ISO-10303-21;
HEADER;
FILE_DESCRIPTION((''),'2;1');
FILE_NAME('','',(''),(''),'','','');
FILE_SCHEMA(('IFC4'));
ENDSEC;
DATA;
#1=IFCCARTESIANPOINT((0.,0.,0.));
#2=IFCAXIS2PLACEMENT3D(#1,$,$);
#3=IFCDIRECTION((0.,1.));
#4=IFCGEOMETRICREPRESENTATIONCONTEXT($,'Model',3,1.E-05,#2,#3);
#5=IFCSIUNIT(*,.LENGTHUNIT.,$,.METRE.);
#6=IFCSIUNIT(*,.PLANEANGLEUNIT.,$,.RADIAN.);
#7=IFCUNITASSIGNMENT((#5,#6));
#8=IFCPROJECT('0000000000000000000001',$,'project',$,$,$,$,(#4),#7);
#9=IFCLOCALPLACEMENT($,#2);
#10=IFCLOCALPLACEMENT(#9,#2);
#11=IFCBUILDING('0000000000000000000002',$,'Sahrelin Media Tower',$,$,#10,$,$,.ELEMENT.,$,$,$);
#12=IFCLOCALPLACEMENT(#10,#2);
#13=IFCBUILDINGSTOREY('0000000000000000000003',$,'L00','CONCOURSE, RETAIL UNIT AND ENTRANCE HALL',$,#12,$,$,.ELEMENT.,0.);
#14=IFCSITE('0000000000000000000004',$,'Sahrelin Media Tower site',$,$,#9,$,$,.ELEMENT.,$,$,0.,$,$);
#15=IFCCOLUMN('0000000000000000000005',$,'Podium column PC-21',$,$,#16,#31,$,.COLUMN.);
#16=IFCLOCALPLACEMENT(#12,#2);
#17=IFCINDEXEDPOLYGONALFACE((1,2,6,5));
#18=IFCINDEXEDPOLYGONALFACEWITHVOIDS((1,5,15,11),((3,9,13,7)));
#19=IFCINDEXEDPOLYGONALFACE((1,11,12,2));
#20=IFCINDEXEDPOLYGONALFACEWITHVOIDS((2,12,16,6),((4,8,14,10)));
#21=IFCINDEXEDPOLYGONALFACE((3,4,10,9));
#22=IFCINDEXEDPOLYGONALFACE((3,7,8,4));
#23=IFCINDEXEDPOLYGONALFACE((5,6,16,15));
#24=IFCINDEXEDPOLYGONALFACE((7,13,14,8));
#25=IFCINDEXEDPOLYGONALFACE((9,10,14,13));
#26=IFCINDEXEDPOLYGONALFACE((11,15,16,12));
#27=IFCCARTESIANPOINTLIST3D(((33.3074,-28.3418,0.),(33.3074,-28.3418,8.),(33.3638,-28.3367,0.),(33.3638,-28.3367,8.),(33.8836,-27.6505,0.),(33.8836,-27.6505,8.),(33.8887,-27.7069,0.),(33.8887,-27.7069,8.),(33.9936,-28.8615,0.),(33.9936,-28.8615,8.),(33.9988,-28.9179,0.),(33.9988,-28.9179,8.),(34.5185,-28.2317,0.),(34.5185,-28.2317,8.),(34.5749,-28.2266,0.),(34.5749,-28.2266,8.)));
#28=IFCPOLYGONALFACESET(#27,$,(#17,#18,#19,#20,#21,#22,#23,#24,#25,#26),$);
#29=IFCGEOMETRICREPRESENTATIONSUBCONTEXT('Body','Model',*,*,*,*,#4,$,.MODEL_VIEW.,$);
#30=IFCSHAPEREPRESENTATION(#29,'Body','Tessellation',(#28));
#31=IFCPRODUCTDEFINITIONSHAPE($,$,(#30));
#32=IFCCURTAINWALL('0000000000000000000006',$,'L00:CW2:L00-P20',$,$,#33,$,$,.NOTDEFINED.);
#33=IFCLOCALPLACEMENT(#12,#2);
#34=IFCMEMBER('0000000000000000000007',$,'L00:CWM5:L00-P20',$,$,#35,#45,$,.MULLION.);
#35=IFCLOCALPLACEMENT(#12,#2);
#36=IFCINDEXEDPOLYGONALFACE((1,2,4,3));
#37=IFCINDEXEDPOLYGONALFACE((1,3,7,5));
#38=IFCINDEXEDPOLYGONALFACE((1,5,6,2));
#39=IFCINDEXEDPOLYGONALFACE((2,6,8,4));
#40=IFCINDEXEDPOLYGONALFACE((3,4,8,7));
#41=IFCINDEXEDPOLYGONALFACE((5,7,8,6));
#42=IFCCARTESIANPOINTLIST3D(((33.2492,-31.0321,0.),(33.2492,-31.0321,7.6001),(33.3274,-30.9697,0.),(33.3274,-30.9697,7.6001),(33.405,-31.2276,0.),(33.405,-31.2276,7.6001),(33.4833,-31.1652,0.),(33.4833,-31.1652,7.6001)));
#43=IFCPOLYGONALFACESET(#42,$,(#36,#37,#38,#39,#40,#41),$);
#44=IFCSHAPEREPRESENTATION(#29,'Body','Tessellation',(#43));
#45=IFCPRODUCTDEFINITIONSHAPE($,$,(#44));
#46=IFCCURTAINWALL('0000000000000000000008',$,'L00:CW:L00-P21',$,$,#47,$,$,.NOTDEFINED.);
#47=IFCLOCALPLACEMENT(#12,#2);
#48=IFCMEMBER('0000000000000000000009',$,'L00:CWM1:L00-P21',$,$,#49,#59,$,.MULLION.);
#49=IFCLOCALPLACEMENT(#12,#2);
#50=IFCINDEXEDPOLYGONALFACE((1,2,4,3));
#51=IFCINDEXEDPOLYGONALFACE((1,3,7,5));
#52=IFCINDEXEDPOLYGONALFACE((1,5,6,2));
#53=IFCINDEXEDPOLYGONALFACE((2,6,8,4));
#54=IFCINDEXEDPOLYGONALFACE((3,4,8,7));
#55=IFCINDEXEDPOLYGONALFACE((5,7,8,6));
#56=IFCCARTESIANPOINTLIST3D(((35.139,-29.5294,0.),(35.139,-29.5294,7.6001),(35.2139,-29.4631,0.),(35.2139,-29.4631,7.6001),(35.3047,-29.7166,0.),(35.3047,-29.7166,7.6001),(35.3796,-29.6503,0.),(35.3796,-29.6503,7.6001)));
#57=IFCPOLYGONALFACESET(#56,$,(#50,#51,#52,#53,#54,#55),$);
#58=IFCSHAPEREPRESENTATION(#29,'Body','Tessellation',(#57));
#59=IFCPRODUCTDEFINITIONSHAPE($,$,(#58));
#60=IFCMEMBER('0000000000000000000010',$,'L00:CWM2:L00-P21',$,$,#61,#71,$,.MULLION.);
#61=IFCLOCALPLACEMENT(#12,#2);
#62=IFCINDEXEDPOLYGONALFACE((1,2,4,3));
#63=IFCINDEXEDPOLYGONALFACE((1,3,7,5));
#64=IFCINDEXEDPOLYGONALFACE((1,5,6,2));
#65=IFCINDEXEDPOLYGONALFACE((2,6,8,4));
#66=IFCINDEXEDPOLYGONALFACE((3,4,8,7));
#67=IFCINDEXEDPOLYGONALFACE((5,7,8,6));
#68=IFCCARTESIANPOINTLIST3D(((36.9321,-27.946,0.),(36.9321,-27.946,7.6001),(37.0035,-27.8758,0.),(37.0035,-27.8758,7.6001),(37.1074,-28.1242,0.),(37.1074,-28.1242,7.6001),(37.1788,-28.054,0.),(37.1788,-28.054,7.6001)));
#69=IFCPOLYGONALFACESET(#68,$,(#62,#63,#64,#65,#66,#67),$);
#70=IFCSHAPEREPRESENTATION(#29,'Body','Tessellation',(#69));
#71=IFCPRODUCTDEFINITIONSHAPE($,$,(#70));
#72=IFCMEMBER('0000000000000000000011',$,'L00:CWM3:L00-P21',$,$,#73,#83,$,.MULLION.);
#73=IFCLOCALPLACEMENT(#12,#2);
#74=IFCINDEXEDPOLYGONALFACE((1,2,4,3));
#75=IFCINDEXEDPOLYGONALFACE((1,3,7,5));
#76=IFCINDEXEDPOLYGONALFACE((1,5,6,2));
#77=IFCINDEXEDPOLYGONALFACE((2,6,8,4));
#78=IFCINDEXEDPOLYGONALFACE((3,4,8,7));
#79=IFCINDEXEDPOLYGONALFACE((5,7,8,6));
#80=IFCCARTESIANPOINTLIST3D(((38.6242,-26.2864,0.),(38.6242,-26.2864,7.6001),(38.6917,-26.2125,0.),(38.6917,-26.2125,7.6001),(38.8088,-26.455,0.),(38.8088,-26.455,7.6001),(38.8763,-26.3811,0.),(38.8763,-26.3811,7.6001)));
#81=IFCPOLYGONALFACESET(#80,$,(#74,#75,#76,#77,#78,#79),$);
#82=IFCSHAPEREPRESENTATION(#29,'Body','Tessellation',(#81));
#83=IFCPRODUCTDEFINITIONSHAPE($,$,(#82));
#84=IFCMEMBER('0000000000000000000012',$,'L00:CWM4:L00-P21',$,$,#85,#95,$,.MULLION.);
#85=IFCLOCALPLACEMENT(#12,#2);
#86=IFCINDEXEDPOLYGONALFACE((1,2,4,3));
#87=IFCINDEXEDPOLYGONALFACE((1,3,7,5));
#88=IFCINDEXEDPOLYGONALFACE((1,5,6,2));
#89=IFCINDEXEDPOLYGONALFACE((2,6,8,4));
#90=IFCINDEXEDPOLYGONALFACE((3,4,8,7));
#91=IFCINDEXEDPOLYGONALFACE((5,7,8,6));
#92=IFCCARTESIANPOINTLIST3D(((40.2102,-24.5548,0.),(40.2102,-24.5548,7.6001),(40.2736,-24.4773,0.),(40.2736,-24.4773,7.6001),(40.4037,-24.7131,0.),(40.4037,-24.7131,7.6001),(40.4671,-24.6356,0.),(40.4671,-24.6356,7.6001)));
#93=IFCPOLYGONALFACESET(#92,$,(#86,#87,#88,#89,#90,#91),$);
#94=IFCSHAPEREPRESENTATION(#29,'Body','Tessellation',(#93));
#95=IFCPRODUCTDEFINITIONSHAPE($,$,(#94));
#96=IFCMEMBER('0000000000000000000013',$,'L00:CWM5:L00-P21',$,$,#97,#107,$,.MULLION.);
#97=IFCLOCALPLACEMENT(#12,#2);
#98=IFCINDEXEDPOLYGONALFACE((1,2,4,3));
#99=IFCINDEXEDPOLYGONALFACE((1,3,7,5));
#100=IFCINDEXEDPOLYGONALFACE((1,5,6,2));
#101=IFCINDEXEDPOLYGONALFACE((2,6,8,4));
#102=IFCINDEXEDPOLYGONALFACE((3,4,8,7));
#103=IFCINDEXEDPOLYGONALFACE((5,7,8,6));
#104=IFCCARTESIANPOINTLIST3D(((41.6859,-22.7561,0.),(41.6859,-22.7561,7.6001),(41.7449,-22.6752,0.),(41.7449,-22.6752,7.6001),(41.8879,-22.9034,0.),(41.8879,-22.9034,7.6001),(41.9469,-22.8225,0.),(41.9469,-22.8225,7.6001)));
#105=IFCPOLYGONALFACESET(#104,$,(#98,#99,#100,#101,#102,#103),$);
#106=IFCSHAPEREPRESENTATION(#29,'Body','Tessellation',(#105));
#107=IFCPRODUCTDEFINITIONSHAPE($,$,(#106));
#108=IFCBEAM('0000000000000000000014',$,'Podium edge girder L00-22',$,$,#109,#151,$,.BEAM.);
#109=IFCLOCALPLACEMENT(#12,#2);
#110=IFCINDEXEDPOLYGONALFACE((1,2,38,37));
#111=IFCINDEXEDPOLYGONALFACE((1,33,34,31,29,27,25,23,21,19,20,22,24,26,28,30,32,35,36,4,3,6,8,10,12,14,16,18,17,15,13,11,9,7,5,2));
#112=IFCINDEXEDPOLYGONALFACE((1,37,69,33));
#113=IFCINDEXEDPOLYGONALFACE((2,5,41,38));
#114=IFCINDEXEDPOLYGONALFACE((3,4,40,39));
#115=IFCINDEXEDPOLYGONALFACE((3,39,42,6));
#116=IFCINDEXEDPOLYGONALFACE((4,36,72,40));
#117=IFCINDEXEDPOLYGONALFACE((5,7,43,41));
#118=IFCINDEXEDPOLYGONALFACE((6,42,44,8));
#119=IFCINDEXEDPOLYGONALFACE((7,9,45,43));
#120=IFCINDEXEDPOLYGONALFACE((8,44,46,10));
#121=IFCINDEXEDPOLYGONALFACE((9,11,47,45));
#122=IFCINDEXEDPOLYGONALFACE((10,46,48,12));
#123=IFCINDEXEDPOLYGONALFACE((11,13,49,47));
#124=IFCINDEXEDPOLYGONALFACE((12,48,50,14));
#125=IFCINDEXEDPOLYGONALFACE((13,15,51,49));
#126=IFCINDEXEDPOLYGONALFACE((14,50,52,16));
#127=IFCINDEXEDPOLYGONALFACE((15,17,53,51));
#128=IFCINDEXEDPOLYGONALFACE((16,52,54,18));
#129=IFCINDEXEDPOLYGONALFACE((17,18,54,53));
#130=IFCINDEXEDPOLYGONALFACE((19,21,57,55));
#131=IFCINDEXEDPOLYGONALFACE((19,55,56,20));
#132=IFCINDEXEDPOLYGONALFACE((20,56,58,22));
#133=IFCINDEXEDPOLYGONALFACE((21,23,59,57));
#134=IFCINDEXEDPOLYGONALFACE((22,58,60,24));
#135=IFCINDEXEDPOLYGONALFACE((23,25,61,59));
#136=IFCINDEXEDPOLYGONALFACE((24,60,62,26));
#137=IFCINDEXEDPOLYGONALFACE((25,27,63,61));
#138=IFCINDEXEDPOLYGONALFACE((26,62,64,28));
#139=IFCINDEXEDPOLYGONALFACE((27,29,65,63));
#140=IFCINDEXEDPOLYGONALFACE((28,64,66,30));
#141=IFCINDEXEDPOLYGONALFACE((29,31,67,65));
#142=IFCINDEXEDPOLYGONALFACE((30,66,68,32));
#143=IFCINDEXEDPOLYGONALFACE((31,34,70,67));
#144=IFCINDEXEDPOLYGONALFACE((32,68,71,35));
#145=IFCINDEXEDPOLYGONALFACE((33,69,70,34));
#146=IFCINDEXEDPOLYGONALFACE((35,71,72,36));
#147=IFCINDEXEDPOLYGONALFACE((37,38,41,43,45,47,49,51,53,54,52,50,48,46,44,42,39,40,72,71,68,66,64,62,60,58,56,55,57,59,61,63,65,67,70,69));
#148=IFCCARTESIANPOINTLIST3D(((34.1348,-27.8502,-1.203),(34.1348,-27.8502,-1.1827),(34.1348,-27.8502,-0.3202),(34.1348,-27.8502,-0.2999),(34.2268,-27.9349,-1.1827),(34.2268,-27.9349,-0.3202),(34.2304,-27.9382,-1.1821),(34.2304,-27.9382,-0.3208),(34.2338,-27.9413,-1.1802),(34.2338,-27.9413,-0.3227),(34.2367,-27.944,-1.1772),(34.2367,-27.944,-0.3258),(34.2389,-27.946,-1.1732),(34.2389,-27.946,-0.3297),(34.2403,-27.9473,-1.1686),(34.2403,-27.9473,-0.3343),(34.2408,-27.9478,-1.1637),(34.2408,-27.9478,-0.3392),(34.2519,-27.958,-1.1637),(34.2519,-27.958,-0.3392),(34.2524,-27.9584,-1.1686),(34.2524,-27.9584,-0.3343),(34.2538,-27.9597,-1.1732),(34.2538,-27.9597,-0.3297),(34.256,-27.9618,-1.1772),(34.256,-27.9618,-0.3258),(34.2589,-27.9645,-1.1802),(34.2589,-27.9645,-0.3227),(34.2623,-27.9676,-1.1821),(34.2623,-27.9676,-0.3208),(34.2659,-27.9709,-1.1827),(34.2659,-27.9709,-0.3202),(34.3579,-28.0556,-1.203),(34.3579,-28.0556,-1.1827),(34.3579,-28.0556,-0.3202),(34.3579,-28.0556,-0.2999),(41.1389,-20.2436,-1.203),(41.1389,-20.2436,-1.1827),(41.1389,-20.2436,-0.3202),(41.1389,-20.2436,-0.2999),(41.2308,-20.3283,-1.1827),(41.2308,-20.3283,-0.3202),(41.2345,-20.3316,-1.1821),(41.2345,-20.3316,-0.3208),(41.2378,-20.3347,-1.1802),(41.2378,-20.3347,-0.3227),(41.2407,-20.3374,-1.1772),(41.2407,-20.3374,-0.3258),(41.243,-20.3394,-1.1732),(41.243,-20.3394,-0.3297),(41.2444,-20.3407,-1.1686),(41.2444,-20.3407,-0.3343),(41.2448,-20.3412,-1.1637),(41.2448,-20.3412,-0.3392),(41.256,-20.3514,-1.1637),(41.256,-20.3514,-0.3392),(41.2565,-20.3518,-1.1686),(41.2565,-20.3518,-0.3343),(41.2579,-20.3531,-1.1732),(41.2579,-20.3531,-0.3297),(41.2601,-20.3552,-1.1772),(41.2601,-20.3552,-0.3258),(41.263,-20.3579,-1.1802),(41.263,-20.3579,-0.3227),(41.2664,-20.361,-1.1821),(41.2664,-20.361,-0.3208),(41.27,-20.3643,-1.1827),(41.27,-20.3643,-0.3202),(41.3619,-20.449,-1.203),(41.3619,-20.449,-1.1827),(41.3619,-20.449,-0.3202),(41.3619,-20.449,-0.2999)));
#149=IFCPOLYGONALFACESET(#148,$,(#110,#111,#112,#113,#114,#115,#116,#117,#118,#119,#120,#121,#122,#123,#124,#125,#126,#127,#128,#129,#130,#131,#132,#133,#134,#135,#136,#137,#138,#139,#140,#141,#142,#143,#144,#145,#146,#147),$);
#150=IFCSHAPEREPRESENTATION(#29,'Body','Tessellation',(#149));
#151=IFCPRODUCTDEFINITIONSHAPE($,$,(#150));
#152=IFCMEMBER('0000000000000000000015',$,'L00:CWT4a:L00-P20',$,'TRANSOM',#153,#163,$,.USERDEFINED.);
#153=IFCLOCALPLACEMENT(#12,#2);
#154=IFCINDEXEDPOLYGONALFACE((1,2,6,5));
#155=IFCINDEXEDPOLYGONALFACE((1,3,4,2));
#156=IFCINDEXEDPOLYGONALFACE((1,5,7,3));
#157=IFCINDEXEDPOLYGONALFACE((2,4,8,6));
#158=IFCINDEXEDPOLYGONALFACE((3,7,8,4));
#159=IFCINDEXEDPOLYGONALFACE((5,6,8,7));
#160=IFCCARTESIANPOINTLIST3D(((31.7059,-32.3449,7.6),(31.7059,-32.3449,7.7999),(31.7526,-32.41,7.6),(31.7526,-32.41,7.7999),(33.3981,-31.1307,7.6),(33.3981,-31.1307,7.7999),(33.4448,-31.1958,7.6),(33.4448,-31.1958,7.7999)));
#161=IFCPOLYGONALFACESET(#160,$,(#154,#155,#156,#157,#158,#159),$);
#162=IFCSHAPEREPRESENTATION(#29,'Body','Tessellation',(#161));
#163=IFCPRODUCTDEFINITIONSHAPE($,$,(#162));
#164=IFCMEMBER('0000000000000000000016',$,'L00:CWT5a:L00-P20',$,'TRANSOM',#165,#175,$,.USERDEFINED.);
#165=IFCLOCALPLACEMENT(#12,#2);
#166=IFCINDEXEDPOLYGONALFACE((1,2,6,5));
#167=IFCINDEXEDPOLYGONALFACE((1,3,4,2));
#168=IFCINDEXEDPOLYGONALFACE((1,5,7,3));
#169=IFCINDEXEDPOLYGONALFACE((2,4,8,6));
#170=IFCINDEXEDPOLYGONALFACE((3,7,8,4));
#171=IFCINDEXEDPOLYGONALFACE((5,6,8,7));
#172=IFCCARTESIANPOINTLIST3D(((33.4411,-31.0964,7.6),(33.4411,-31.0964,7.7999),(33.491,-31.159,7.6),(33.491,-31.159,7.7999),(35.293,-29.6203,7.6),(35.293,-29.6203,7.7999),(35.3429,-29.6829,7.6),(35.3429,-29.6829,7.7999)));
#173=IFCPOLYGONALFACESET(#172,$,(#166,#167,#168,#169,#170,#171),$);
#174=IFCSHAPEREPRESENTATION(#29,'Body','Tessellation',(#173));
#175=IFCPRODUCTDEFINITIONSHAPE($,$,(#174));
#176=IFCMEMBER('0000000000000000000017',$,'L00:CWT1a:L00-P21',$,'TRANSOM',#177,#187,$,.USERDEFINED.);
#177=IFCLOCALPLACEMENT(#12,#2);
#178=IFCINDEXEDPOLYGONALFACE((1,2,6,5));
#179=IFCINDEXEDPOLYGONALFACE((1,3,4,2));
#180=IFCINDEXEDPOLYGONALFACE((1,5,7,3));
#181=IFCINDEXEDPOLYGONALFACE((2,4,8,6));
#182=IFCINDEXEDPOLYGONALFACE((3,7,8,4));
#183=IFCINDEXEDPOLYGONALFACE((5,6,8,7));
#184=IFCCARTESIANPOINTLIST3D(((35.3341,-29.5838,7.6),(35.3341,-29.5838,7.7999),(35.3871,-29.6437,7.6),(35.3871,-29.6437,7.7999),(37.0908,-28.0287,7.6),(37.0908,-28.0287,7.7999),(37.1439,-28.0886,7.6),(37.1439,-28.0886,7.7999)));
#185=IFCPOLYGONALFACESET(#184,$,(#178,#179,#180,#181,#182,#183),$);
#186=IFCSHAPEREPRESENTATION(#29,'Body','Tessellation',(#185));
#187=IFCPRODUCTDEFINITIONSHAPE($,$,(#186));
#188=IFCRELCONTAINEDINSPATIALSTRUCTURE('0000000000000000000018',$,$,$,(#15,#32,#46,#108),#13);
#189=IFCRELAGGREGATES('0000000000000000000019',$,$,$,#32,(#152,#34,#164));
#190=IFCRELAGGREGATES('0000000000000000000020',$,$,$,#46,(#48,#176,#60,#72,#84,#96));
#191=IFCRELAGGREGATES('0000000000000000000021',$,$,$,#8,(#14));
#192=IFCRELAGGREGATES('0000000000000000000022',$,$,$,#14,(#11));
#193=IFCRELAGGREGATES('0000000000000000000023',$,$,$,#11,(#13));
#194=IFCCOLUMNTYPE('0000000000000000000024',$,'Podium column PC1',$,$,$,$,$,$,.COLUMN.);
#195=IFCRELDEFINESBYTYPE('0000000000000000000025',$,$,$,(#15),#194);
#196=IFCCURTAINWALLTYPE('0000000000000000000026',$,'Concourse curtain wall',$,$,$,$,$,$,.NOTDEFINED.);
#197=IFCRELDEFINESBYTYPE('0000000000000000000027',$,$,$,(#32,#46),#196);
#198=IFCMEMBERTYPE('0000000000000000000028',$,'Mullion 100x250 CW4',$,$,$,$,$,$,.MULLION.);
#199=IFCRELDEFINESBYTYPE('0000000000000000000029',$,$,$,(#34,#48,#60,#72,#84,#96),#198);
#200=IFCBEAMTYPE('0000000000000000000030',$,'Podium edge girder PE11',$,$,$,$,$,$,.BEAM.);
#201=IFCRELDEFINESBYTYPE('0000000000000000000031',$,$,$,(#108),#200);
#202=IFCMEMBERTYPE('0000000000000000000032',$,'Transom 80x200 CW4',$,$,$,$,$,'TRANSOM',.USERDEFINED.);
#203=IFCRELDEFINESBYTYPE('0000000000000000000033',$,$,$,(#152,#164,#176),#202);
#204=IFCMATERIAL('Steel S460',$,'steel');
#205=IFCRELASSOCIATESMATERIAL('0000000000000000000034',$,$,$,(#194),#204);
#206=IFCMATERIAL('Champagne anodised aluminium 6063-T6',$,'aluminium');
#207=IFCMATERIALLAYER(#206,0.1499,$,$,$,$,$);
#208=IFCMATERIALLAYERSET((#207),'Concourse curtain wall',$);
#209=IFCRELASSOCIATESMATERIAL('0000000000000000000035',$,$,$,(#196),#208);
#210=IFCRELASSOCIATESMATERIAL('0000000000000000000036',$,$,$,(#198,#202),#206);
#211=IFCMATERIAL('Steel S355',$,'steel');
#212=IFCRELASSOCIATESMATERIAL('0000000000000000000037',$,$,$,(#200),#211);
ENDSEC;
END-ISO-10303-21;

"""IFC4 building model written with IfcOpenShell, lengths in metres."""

from ifc_helpers import new_model, si_unit, direction, frame, origin, origin_2d, place, context, subcontext, project, spatial, rectangle, hollow_rectangle, i_section, extrude, material, layer, layer_set, material_profile, profile_set, type_object, element, aggregate, save


model = new_model("IFC4")

# Units and contexts
model_context = context("Model", 3, precision=1e-05, world=origin(), true_north=direction((0.0, 1.0)))
body_context = subcontext(model_context, "Body", "Model", "MODEL_VIEW")
ifc_project = project(units=[si_unit("LENGTHUNIT", "METRE"), si_unit("PLANEANGLEUNIT", "RADIAN")], contexts=[model_context])

# Site, building, storey
site_placement = place(None, origin())
site = spatial("IfcSite", under=ifc_project, at=site_placement, Name="Sahrelin Media Tower site", CompositionType="ELEMENT", RefElevation=0.0)
building_placement = place(site_placement, origin())
building = spatial("IfcBuilding", under=site, at=building_placement, Name="Sahrelin Media Tower", CompositionType="ELEMENT")
storey_placement = place(building_placement, origin())
storey = spatial("IfcBuildingStorey", under=building, at=storey_placement, Name="L00", Description="CONCOURSE, RETAIL UNIT AND ENTRANCE HALL", CompositionType="ELEMENT", Elevation=0.0)

# Column
ifc_material_1 = material(Name="Steel S460", Category="steel")
ifc_material_profile_1 = material_profile(ifc_material_1, hollow_rectangle(XDim=0.8999, YDim=0.8999, WallThickness=0.04, at=origin_2d()), Name="Podium column PC1")
ifc_profile_set_1 = profile_set([ifc_material_profile_1], Name="Steel S460")
column_type = type_object("IfcColumnType", Name="Podium column PC1", PredefinedType="COLUMN", material=ifc_profile_set_1)
column_placement = place(storey_placement, frame((33.9412, -28.2842, 0.0), z_axis=(0.0, 0.0, 1.0), x_axis=(0.768221, -0.640185, 0.0)))
element("IfcColumn", 1, at=column_placement, inside=storey, type_object=column_type, Name="Podium column PC-21", PredefinedType="COLUMN", context=body_context, shape_type="SweptSolid", body=[
    extrude(hollow_rectangle(XDim=0.8999, YDim=0.8999, WallThickness=0.04, at=origin_2d()), origin(), (0.0, 0.0, 1.0), 8.0),
])

# Curtain wall, member
ifc_material_2 = material(Name="Champagne anodised aluminium 6063-T6", Category="aluminium")
ifc_layer_1 = layer(ifc_material_2, 0.1499)
ifc_layer_set_1 = layer_set([ifc_layer_1], Name="Concourse curtain wall")
curtain_wall_type = type_object("IfcCurtainWallType", Name="Concourse curtain wall", PredefinedType="NOTDEFINED", material=ifc_layer_set_1)
curtain_wall_1_placement = place(storey_placement, frame((31.7642, -32.426, 0.0), z_axis=(0.0, 0.0, 1.0), x_axis=(1.0, 0.0, 0.0)))
curtain_wall_1 = element("IfcCurtainWall", 2, at=curtain_wall_1_placement, inside=storey, type_object=curtain_wall_type, Name="L00:CW2:L00-P20", PredefinedType="NOTDEFINED")
ifc_material_profile_2 = material_profile(ifc_material_2, rectangle(XDim=0.1001, YDim=0.25, at=origin_2d()), Name="Mullion 100x250")
ifc_profile_set_2 = profile_set([ifc_material_profile_2], Name="Champagne anodised aluminium 6063-T6")
member_type_1 = type_object("IfcMemberType", Name="Mullion 100x250 CW4", PredefinedType="MULLION", material=ifc_profile_set_2)
member_1_placement = place(storey_placement, frame((33.3662, -31.0986, 0.0), z_axis=(0.0, 0.0, 1.0), x_axis=(0.78196, 0.623328, 0.0)))
member_1 = element("IfcMember", 3, at=member_1_placement, type_object=member_type_1, Name="L00:CWM5:L00-P20", PredefinedType="MULLION", context=body_context, shape_type="SweptSolid", body=[
    extrude(rectangle(XDim=0.1001, YDim=0.25, at=origin_2d()), origin(), (0.0, 0.0, 1.0), 7.6001),
])

# Curtain wall, members
curtain_wall_2_placement = place(storey_placement, frame((35.3552, -29.6985, 0.0), z_axis=(0.0, 0.0, 1.0), x_axis=(1.0, 0.0, 0.0)))
curtain_wall_2 = element("IfcCurtainWall", 4, at=curtain_wall_2_placement, inside=storey, type_object=curtain_wall_type, Name="L00:CW:L00-P21", PredefinedType="NOTDEFINED")
member_2_placement = place(storey_placement, frame((35.2593, -29.5898, 0.0), z_axis=(0.0, 0.0, 1.0), x_axis=(0.748788, 0.66281, 0.0)))
member_2 = element("IfcMember", 5, at=member_2_placement, type_object=member_type_1, Name="L00:CWM1:L00-P21", PredefinedType="MULLION", context=body_context, shape_type="SweptSolid", body=[
    extrude(rectangle(XDim=0.1001, YDim=0.25, at=origin_2d()), origin(), (0.0, 0.0, 1.0), 7.6001),
])
member_3_placement = place(storey_placement, frame((37.0554, -28.0, 0.0), z_axis=(0.0, 0.0, 1.0), x_axis=(0.712974, 0.701191, 0.0)))
member_3 = element("IfcMember", 6, at=member_3_placement, type_object=member_type_1, Name="L00:CWM2:L00-P21", PredefinedType="MULLION", context=body_context, shape_type="SweptSolid", body=[
    extrude(rectangle(XDim=0.1001, YDim=0.25, at=origin_2d()), origin(), (0.0, 0.0, 1.0), 7.6001),
])
member_4_placement = place(storey_placement, frame((38.7502, -26.3337, 0.0), z_axis=(0.0, 0.0, 1.0), x_axis=(0.67443, 0.738339, 0.0)))
member_4 = element("IfcMember", 7, at=member_4_placement, type_object=member_type_1, Name="L00:CWM3:L00-P21", PredefinedType="MULLION", context=body_context, shape_type="SweptSolid", body=[
    extrude(rectangle(XDim=0.1001, YDim=0.25, at=origin_2d()), origin(), (0.0, 0.0, 1.0), 7.6001),
])
member_5_placement = place(storey_placement, frame((40.3386, -24.5952, 0.0), z_axis=(0.0, 0.0, 1.0), x_axis=(0.633235, 0.77396, 0.0)))
member_5 = element("IfcMember", 8, at=member_5_placement, type_object=member_type_1, Name="L00:CWM4:L00-P21", PredefinedType="MULLION", context=body_context, shape_type="SweptSolid", body=[
    extrude(rectangle(XDim=0.1001, YDim=0.25, at=origin_2d()), origin(), (0.0, 0.0, 1.0), 7.6001),
])
member_6_placement = place(storey_placement, frame((41.8164, -22.7893, 0.0), z_axis=(0.0, 0.0, 1.0), x_axis=(0.589385, 0.807852, 0.0)))
member_6 = element("IfcMember", 9, at=member_6_placement, type_object=member_type_1, Name="L00:CWM5:L00-P21", PredefinedType="MULLION", context=body_context, shape_type="SweptSolid", body=[
    extrude(rectangle(XDim=0.1001, YDim=0.25, at=origin_2d()), origin(), (0.0, 0.0, 1.0), 7.6001),
])

# Beam
ifc_material_3 = material(Name="Steel S355", Category="steel")
ifc_material_profile_3 = material_profile(ifc_material_3, i_section(OverallWidth=0.3032, OverallDepth=0.9031, WebThickness=0.0151, FlangeThickness=0.0203, FilletRadius=0.019, at=origin_2d()), Name="UB 914x305x201")
ifc_profile_set_3 = profile_set([ifc_material_profile_3], Name="Steel S355")
beam_type = type_object("IfcBeamType", Name="Podium edge girder PE11", PredefinedType="BEAM", material=ifc_profile_set_3)
beam_placement = place(storey_placement, frame((34.2463, -27.9529, -0.7515), z_axis=(0.677371, 0.735642, 0.0), x_axis=(-0.735642, 0.677371, 0.0)))
element("IfcBeam", 10, at=beam_placement, inside=storey, type_object=beam_type, Name="Podium edge girder L00-22", PredefinedType="BEAM", context=body_context, shape_type="SweptSolid", body=[
    extrude(i_section(OverallWidth=0.3032, OverallDepth=0.9031, WebThickness=0.0151, FlangeThickness=0.0203, FilletRadius=0.019, at=origin_2d()), origin(), (0.0, 0.0, 1.0), 10.3401),
])

# Members
ifc_material_profile_4 = material_profile(ifc_material_2, rectangle(XDim=0.0801, YDim=0.2, at=origin_2d()), Name="Transom 80x200")
ifc_profile_set_4 = profile_set([ifc_material_profile_4], Name="Champagne anodised aluminium 6063-T6")
member_type_2 = type_object("IfcMemberType", Name="Transom 80x200 CW4", ElementType="TRANSOM", PredefinedType="USERDEFINED", material=ifc_profile_set_4)
member_7_placement = place(storey_placement, frame((31.7292, -32.3774, 7.7), z_axis=(0.812496, 0.582967, 0.0), x_axis=(-0.582967, 0.812496, 0.0)))
member_7 = element("IfcMember", 11, at=member_7_placement, type_object=member_type_2, Name="L00:CWT4a:L00-P20", ObjectType="TRANSOM", PredefinedType="USERDEFINED", context=body_context, shape_type="SweptSolid", body=[
    extrude(rectangle(XDim=0.0801, YDim=0.2, at=origin_2d()), origin(), (0.0, 0.0, 1.0), 2.0828),
])
member_8_placement = place(storey_placement, frame((33.4661, -31.1277, 7.7), z_axis=(0.781974, 0.623311, 0.0), x_axis=(-0.623311, 0.781974, 0.0)))
member_8 = element("IfcMember", 12, at=member_8_placement, type_object=member_type_2, Name="L00:CWT5a:L00-P20", ObjectType="TRANSOM", PredefinedType="USERDEFINED", context=body_context, shape_type="SweptSolid", body=[
    extrude(rectangle(XDim=0.0801, YDim=0.2, at=origin_2d()), origin(), (0.0, 0.0, 1.0), 2.3682),
])
member_9_placement = place(storey_placement, frame((35.3606, -29.6138, 7.7), z_axis=(0.748774, 0.662825, 0.0), x_axis=(-0.662825, 0.748774, 0.0)))
member_9 = element("IfcMember", 13, at=member_9_placement, type_object=member_type_2, Name="L00:CWT1a:L00-P21", ObjectType="TRANSOM", PredefinedType="USERDEFINED", context=body_context, shape_type="SweptSolid", body=[
    extrude(rectangle(XDim=0.0801, YDim=0.2, at=origin_2d()), origin(), (0.0, 0.0, 1.0), 2.3462),
])

aggregate(curtain_wall_1, [member_7, member_1, member_8])
aggregate(curtain_wall_2, [member_2, member_9, member_3, member_4, member_5, member_6])

save(model, "model.ifc")
